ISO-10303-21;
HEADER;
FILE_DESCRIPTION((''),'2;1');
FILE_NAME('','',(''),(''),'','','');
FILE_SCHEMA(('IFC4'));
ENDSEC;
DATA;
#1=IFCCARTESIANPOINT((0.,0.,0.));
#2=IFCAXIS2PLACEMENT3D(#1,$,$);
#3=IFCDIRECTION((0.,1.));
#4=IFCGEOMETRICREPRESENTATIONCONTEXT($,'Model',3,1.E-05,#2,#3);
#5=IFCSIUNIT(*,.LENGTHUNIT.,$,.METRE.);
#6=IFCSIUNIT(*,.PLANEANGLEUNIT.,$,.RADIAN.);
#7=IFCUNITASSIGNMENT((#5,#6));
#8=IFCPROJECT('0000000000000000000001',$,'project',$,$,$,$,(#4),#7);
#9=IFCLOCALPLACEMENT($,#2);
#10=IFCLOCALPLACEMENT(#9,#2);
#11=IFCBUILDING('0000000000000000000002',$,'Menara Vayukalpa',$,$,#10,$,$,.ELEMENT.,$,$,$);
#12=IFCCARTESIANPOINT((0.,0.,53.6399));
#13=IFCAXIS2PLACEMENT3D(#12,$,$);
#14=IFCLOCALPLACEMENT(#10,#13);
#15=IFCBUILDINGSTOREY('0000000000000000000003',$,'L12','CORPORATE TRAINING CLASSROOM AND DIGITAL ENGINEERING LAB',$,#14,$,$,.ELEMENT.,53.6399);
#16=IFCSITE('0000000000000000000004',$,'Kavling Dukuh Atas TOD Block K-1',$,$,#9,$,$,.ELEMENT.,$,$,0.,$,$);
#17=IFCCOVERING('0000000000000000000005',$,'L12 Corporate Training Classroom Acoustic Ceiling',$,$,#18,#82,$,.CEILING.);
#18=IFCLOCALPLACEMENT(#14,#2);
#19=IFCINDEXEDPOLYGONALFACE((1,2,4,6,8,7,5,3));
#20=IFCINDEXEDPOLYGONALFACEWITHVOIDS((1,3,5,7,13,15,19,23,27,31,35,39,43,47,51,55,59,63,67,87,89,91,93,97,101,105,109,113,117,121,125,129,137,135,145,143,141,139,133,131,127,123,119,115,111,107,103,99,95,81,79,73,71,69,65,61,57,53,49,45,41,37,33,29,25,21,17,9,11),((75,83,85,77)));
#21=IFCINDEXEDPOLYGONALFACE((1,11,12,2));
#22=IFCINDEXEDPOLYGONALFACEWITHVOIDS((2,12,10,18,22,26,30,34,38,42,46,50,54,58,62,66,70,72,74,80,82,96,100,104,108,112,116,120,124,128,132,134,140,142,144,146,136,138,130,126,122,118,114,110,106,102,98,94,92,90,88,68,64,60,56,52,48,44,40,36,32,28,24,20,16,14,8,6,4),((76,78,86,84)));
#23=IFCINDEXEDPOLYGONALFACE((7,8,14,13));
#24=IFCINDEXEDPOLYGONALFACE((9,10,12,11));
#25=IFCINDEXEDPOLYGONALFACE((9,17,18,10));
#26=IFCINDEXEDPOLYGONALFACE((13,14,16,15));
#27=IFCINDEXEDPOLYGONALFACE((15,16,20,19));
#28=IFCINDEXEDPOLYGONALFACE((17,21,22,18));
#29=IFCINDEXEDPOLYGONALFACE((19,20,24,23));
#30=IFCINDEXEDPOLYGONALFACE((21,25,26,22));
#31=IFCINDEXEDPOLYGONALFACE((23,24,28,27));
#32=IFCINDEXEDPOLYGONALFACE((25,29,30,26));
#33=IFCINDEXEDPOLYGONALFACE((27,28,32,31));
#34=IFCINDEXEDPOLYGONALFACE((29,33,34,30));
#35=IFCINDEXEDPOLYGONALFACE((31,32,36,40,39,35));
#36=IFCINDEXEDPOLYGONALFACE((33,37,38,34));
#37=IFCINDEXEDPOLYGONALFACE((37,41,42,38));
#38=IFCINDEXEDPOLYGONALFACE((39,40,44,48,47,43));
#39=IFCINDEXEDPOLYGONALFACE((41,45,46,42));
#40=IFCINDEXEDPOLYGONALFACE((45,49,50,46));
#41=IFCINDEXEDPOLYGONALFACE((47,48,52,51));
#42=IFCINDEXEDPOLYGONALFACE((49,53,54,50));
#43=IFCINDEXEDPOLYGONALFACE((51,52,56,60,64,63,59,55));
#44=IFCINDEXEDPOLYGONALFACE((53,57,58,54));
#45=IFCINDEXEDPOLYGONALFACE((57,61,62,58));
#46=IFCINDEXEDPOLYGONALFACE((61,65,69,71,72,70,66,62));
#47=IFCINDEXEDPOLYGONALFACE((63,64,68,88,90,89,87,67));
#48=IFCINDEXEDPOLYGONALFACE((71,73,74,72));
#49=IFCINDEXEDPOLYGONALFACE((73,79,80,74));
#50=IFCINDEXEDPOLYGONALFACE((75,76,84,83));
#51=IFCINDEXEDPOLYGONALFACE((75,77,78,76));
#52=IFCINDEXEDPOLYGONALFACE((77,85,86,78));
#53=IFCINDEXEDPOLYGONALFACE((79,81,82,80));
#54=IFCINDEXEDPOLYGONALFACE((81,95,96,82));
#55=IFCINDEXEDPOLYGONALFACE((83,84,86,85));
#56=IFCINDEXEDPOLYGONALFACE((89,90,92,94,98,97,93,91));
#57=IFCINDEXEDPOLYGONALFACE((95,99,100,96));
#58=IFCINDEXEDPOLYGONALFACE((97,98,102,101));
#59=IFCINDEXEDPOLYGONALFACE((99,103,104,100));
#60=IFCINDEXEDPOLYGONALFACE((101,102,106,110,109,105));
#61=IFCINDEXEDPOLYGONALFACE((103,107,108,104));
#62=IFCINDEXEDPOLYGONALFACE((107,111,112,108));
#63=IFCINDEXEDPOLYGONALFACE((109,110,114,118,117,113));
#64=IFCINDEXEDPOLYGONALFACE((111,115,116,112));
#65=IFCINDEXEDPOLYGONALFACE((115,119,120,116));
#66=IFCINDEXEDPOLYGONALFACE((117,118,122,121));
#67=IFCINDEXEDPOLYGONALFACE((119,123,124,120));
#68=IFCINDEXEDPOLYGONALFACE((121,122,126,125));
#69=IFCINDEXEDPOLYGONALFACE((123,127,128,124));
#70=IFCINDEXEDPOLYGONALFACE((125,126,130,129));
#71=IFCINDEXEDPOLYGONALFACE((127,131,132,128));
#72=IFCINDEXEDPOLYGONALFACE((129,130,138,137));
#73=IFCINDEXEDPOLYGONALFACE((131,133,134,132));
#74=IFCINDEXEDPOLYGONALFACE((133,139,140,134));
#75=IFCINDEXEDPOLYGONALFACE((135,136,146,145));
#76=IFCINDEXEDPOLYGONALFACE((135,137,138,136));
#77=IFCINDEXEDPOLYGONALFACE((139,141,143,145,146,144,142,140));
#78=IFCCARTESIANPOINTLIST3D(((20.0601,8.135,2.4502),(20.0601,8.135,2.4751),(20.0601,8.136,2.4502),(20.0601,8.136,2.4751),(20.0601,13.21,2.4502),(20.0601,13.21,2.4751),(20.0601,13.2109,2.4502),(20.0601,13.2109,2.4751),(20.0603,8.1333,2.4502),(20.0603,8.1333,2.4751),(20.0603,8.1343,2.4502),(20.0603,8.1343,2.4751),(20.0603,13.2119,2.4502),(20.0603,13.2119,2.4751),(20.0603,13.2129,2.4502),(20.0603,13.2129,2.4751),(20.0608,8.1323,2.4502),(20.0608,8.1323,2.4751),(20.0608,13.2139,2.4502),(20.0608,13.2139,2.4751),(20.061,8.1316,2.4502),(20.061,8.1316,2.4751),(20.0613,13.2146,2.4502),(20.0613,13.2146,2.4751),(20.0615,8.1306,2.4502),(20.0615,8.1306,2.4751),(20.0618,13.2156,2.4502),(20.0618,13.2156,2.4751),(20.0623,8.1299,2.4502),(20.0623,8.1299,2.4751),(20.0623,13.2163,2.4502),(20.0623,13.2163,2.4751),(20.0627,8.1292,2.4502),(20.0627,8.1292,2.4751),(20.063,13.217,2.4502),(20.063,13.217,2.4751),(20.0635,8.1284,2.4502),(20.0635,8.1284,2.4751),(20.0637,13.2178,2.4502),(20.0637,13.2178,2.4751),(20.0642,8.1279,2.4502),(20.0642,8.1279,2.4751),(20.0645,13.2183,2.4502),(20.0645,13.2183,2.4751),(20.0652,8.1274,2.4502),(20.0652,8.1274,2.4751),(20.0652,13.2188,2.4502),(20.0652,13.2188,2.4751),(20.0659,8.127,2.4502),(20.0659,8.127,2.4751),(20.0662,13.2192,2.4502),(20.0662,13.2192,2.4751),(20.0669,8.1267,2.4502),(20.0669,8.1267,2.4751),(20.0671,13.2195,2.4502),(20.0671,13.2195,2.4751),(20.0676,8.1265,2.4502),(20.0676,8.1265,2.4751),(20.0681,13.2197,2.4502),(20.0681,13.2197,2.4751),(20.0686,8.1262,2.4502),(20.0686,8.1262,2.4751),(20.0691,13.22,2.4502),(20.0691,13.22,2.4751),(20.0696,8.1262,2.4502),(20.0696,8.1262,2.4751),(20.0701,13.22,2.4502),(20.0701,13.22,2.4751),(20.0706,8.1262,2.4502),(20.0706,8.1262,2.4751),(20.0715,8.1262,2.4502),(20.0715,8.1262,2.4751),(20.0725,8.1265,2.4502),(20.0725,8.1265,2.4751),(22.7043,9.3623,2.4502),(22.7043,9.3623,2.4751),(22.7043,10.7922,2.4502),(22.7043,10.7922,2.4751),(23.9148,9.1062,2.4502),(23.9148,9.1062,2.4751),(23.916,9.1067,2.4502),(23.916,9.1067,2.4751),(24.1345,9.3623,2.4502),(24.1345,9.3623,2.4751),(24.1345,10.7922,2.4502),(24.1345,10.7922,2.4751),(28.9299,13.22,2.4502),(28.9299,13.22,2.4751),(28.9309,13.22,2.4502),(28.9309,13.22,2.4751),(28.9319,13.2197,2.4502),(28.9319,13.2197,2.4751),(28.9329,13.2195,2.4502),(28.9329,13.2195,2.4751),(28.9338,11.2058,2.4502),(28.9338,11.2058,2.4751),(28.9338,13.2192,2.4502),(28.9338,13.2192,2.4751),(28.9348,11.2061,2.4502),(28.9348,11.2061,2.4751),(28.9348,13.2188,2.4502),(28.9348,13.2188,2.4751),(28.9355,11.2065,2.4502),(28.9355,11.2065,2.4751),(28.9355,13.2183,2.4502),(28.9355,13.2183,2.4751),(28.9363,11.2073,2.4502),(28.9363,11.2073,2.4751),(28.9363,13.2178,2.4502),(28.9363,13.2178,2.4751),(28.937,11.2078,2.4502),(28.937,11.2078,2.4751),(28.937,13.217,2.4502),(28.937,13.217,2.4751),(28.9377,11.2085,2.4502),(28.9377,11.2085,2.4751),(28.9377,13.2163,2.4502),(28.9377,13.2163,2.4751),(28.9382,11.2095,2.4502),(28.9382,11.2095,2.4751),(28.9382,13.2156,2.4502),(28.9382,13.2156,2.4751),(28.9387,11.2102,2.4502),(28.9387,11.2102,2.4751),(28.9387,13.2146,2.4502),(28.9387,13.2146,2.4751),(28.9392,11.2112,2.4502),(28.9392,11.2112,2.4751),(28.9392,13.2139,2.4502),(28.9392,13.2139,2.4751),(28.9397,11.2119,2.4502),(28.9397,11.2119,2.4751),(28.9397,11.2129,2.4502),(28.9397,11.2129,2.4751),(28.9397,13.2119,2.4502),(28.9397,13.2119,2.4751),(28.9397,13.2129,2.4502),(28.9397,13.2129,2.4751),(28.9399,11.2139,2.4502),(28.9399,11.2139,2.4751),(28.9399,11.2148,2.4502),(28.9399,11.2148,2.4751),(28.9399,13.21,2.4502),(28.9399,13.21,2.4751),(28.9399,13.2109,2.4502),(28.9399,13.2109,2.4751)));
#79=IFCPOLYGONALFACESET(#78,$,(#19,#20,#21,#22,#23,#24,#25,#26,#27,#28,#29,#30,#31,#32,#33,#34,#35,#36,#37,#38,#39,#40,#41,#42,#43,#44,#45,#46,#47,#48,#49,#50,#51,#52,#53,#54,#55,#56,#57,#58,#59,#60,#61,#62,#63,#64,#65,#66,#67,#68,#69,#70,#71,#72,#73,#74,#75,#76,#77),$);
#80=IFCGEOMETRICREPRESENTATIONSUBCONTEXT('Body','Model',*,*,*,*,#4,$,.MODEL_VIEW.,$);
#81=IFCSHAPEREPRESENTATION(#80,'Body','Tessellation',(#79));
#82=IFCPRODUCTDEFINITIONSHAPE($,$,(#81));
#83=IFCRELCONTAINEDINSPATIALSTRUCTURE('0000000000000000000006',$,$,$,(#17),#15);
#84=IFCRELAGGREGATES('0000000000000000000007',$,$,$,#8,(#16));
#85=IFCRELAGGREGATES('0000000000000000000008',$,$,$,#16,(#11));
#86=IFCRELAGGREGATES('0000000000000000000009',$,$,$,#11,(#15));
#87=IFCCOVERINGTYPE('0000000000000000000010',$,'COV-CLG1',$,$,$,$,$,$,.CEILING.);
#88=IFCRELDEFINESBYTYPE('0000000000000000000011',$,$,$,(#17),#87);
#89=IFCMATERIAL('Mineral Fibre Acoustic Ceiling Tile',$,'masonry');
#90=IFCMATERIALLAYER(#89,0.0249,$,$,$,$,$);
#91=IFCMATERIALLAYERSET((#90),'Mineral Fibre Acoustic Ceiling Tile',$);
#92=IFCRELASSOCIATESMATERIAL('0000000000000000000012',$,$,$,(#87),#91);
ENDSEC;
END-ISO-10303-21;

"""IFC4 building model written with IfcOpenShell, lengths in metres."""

from ifc_helpers import new_model, si_unit, direction, frame, origin, place, context, subcontext, project, spatial, polyline, outline, extrude, material, layer, layer_set, type_object, element, save


model = new_model("IFC4")

# Units and contexts
model_context = context("Model", 3, precision=1e-05, world=origin(), true_north=direction((0.0, 1.0)))
body_context = subcontext(model_context, "Body", "Model", "MODEL_VIEW")
ifc_project = project(units=[si_unit("LENGTHUNIT", "METRE"), si_unit("PLANEANGLEUNIT", "RADIAN")], contexts=[model_context])

# Site, building, storey
site_placement = place(None, origin())
site = spatial("IfcSite", under=ifc_project, at=site_placement, Name="Kavling Dukuh Atas TOD Block K-1", CompositionType="ELEMENT", RefElevation=0.0)
building_placement = place(site_placement, origin())
building = spatial("IfcBuilding", under=site, at=building_placement, Name="Menara Vayukalpa", CompositionType="ELEMENT")
storey_placement = place(building_placement, frame((0.0, 0.0, 53.6399)))
storey = spatial("IfcBuildingStorey", under=building, at=storey_placement, Name="L12", Description="CORPORATE TRAINING CLASSROOM AND DIGITAL ENGINEERING LAB", CompositionType="ELEMENT", Elevation=53.6399)

# Covering
ifc_material_1 = material(Name="Mineral Fibre Acoustic Ceiling Tile", Category="masonry")
ifc_layer_1 = layer(ifc_material_1, 0.0249)
ifc_layer_set_1 = layer_set([ifc_layer_1], Name="Mineral Fibre Acoustic Ceiling Tile")
covering_type_1 = type_object("IfcCoveringType", Name="COV-CLG1", PredefinedType="CEILING", material=ifc_layer_set_1)
covering_1_placement = place(storey_placement, frame((0.0, 0.0, 2.4502)))
element("IfcCovering", 1, at=covering_1_placement, inside=storey, type_object=covering_type_1, Name="L12 Corporate Training Classroom Acoustic Ceiling", PredefinedType="CEILING", context=body_context, shape_type="SweptSolid", body=[
    extrude(outline(polyline([(20.0725, 8.1265), (20.0715, 8.1262), (20.0706, 8.1262), (20.0696, 8.1262), (20.0686, 8.1262), (20.0676, 8.1265), (20.0669, 8.1267), (20.0659, 8.127), (20.0652, 8.1274), (20.0642, 8.1279), (20.0635, 8.1284), (20.0627, 8.1292), (20.0623, 8.1299), (20.0615, 8.1306), (20.061, 8.1316), (20.0608, 8.1323), (20.0603, 8.1333), (20.0603, 8.1343), (20.0601, 8.135), (20.0601, 8.136), (20.0601, 13.21), (20.0601, 13.2109), (20.0603, 13.2119), (20.0603, 13.2129), (20.0608, 13.2139), (20.0613, 13.2146), (20.0618, 13.2156), (20.0623, 13.2163), (20.063, 13.217), (20.0637, 13.2178), (20.0645, 13.2183), (20.0652, 13.2188), (20.0662, 13.2192), (20.0671, 13.2195), (20.0681, 13.2197), (20.0691, 13.22), (20.0701, 13.22), (28.9299, 13.22), (28.9309, 13.22), (28.9319, 13.2197), (28.9329, 13.2195), (28.9338, 13.2192), (28.9348, 13.2188), (28.9355, 13.2183), (28.9363, 13.2178), (28.937, 13.217), (28.9377, 13.2163), (28.9382, 13.2156), (28.9387, 13.2146), (28.9392, 13.2139), (28.9397, 13.2129), (28.9397, 13.2119), (28.9399, 13.2109), (28.9399, 13.21), (28.9399, 11.2148), (28.9399, 11.2139), (28.9397, 11.2129), (28.9397, 11.2119), (28.9392, 11.2112), (28.9387, 11.2102), (28.9382, 11.2095), (28.9377, 11.2085), (28.937, 11.2078), (28.9363, 11.2073), (28.9355, 11.2065), (28.9348, 11.2061), (28.9338, 11.2058), (23.916, 9.1067), (23.9148, 9.1062), (20.0725, 8.1265)]), holes=[polyline([(24.1345, 10.7922), (22.7043, 10.7922), (22.7043, 9.3623), (24.1345, 9.3623), (24.1345, 10.7922)])]), origin(), (0.0, 0.0, 1.0), 0.0249),
])

save(model, "model.ifc")
